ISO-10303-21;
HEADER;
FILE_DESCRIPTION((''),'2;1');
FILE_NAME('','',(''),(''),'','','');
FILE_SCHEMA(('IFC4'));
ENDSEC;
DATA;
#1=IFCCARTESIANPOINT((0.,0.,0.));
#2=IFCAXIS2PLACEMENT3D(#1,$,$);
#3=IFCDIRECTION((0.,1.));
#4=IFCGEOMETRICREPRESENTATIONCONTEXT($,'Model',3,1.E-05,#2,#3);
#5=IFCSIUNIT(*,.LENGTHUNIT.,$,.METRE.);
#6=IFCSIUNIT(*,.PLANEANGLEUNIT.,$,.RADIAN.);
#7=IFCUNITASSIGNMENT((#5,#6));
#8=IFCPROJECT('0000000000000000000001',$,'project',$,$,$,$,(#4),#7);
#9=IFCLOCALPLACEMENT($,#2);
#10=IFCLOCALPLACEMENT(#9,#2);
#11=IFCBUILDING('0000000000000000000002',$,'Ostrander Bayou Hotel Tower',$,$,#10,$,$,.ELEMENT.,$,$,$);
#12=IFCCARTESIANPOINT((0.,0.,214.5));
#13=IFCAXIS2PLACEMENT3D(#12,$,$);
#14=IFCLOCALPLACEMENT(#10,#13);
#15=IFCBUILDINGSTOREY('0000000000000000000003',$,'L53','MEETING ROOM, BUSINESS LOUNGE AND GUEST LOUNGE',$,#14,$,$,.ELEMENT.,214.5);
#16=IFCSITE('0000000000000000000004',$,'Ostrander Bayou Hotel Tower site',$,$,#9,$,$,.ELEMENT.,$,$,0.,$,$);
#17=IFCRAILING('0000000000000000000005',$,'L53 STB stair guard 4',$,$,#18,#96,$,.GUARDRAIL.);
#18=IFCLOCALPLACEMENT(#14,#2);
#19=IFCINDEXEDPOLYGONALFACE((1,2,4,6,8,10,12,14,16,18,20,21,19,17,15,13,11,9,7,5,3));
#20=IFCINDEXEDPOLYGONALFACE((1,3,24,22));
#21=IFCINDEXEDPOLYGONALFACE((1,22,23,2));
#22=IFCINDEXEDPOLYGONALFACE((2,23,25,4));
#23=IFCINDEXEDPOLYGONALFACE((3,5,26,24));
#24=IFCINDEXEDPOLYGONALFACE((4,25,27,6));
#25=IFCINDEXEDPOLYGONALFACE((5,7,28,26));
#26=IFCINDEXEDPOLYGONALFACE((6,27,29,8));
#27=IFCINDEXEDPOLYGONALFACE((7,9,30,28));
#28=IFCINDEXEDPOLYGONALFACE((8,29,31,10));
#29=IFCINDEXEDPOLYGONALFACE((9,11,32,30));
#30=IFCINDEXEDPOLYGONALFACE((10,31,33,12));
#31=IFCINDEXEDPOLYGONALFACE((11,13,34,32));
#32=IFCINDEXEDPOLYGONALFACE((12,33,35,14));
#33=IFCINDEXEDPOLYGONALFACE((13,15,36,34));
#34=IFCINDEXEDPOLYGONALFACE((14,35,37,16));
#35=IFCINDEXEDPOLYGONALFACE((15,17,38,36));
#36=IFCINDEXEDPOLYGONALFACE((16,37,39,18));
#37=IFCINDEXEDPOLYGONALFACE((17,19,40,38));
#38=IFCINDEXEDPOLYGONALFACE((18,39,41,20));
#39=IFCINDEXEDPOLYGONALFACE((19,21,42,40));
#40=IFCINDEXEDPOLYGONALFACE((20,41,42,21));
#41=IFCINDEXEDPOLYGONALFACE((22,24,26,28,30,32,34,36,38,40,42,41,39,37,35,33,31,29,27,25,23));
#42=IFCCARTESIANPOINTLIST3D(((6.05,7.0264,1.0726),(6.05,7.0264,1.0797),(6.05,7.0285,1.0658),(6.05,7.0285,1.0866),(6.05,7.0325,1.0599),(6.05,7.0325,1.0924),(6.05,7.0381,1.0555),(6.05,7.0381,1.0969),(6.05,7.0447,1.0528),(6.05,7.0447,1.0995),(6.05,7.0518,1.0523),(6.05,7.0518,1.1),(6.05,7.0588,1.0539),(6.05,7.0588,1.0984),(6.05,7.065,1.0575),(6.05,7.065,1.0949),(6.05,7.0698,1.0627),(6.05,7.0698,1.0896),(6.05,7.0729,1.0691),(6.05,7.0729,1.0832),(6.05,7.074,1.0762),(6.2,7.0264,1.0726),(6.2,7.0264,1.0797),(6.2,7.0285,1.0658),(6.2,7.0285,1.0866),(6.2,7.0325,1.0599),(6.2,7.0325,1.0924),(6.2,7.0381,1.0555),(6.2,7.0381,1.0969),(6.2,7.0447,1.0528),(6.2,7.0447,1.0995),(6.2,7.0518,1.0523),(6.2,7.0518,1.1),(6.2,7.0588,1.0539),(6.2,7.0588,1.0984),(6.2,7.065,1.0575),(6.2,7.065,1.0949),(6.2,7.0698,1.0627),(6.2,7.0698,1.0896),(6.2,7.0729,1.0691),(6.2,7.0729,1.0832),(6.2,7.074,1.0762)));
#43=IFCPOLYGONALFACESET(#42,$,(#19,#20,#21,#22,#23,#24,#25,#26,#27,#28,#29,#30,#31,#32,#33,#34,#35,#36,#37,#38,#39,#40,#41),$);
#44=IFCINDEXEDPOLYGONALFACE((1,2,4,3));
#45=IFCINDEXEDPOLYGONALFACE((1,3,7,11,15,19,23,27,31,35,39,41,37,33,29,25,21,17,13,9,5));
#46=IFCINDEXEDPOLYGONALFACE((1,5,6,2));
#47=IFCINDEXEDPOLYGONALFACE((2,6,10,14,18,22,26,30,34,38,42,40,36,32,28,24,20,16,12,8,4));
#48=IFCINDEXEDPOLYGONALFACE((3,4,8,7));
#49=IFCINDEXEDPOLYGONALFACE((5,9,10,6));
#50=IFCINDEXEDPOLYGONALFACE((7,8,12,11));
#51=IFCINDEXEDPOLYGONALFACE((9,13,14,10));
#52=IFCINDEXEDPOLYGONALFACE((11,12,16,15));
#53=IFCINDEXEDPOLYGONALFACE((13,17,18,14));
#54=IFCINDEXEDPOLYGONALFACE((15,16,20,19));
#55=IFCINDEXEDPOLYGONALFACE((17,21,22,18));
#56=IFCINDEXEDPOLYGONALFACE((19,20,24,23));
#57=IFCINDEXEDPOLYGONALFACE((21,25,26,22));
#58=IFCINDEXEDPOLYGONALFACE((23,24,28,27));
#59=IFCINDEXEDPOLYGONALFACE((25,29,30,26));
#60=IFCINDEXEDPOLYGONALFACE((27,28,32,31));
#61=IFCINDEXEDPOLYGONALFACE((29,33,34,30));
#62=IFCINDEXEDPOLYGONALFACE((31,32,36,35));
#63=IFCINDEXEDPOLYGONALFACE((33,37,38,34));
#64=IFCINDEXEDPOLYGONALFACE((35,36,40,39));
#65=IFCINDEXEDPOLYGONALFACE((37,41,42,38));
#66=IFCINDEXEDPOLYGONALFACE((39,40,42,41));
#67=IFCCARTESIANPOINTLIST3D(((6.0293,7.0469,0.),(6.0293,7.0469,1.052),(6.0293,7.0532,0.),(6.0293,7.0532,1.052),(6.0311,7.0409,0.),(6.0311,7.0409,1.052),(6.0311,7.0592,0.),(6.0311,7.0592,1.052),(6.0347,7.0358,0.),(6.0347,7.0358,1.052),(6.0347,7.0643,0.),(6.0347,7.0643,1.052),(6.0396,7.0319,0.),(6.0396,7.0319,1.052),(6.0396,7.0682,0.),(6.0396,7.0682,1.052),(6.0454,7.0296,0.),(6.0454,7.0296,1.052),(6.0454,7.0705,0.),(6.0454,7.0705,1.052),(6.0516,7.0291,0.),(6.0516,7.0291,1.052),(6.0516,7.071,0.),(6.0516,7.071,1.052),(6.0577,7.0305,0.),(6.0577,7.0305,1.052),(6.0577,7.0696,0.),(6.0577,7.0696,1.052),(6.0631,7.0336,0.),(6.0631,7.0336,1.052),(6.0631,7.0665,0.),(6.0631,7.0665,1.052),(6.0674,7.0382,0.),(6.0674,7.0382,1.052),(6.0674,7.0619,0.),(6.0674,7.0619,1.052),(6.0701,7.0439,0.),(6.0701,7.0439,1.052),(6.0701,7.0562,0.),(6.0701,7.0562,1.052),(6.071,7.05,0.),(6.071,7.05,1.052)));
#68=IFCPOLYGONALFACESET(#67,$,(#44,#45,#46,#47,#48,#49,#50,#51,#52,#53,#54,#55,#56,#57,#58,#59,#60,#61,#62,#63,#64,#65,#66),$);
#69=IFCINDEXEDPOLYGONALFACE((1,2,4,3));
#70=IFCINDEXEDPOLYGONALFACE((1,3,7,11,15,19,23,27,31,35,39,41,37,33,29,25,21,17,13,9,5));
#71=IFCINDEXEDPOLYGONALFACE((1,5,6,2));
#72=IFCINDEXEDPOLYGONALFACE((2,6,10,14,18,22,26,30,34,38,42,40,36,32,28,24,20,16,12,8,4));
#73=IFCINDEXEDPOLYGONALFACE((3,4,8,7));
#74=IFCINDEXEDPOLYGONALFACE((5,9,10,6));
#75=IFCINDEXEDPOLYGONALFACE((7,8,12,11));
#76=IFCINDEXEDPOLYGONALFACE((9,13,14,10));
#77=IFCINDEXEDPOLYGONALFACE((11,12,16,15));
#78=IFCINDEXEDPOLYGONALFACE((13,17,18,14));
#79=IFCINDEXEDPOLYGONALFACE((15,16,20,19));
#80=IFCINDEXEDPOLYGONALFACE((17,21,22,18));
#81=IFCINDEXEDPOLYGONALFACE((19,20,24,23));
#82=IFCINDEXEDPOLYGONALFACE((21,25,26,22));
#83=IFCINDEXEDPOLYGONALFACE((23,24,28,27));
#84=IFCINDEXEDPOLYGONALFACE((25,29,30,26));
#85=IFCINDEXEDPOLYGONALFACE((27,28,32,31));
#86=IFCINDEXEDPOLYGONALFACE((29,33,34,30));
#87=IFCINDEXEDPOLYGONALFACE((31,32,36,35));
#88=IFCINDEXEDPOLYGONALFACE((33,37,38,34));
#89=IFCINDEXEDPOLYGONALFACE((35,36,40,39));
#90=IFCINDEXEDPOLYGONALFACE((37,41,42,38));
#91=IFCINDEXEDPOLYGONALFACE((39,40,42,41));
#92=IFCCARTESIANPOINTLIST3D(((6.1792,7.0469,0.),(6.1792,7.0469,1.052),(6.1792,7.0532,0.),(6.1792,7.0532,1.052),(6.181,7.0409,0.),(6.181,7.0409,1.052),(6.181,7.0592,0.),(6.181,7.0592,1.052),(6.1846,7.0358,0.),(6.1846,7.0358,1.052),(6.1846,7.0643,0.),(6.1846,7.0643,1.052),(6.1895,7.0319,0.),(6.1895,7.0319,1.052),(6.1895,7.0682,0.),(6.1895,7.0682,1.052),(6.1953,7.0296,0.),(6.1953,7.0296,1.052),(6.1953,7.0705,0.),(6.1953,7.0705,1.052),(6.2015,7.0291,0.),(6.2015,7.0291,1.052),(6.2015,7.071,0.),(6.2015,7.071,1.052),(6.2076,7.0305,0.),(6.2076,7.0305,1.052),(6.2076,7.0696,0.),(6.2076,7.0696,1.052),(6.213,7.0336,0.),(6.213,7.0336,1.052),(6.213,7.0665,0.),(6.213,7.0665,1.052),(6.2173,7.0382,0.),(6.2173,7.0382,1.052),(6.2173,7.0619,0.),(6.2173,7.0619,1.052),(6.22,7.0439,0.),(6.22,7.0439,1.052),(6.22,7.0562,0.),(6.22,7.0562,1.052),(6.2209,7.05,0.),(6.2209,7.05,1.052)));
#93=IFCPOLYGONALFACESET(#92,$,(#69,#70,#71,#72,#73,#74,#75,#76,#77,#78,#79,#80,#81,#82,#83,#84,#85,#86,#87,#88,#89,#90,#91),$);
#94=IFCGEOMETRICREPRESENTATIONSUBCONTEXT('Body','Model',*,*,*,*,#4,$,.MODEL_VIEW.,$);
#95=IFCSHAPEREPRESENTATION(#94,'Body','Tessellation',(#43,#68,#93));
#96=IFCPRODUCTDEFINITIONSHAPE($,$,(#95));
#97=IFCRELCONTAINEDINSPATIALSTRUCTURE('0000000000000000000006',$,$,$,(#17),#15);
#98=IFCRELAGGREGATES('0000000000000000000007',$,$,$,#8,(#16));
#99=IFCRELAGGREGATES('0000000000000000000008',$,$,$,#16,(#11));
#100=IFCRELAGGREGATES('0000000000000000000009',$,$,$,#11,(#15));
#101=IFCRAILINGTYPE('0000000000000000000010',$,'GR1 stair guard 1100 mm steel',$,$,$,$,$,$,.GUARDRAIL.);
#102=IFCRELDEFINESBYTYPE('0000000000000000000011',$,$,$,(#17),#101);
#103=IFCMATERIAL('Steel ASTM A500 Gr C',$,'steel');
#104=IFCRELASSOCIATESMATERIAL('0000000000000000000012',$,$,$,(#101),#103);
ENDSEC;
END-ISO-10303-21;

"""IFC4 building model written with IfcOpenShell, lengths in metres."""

from ifc_helpers import new_model, si_unit, direction, frame, origin, origin_2d, place, context, subcontext, project, spatial, circle, extrude, material, type_object, element, save


model = new_model("IFC4")

# Units and contexts
model_context = context("Model", 3, precision=1e-05, world=origin(), true_north=direction((0.0, 1.0)))
body_context = subcontext(model_context, "Body", "Model", "MODEL_VIEW")
ifc_project = project(units=[si_unit("LENGTHUNIT", "METRE"), si_unit("PLANEANGLEUNIT", "RADIAN")], contexts=[model_context])

# Site, building, storey
site_placement = place(None, origin())
site = spatial("IfcSite", under=ifc_project, at=site_placement, Name="Ostrander Bayou Hotel Tower site", CompositionType="ELEMENT", RefElevation=0.0)
building_placement = place(site_placement, origin())
building = spatial("IfcBuilding", under=site, at=building_placement, Name="Ostrander Bayou Hotel Tower", CompositionType="ELEMENT")
storey_placement = place(building_placement, frame((0.0, 0.0, 214.5)))
storey = spatial("IfcBuildingStorey", under=building, at=storey_placement, Name="L53", Description="MEETING ROOM, BUSINESS LOUNGE AND GUEST LOUNGE", CompositionType="ELEMENT", Elevation=214.5)

# Railing
ifc_material_1 = material(Name="Steel ASTM A500 Gr C", Category="steel")
railing_type_1 = type_object("IfcRailingType", Name="GR1 stair guard 1100 mm steel", PredefinedType="GUARDRAIL", material=ifc_material_1)
railing_1_placement = place(storey_placement, frame((6.05, 7.05, 0.0)))
element("IfcRailing", 1, at=railing_1_placement, inside=storey, type_object=railing_type_1, Name="L53 STB stair guard 4", PredefinedType="GUARDRAIL", context=body_context, shape_type="SweptSolid", body=[
    extrude(circle(Radius=0.0239, at=origin_2d()), frame((0.0, 0.0, 1.0762), z_axis=(1.0, 0.0, 0.0), x_axis=(0.0, 1.0, 0.0)), (0.0, 0.0, 1.0), 0.1499),
    extrude(circle(Radius=0.021, at=origin_2d()), origin(), (0.0, 0.0, 1.0), 1.052),
    extrude(circle(Radius=0.021, at=origin_2d()), frame((0.1499, 0.0, 0.0)), (0.0, 0.0, 1.0), 1.052),
])

save(model, "model.ifc")
